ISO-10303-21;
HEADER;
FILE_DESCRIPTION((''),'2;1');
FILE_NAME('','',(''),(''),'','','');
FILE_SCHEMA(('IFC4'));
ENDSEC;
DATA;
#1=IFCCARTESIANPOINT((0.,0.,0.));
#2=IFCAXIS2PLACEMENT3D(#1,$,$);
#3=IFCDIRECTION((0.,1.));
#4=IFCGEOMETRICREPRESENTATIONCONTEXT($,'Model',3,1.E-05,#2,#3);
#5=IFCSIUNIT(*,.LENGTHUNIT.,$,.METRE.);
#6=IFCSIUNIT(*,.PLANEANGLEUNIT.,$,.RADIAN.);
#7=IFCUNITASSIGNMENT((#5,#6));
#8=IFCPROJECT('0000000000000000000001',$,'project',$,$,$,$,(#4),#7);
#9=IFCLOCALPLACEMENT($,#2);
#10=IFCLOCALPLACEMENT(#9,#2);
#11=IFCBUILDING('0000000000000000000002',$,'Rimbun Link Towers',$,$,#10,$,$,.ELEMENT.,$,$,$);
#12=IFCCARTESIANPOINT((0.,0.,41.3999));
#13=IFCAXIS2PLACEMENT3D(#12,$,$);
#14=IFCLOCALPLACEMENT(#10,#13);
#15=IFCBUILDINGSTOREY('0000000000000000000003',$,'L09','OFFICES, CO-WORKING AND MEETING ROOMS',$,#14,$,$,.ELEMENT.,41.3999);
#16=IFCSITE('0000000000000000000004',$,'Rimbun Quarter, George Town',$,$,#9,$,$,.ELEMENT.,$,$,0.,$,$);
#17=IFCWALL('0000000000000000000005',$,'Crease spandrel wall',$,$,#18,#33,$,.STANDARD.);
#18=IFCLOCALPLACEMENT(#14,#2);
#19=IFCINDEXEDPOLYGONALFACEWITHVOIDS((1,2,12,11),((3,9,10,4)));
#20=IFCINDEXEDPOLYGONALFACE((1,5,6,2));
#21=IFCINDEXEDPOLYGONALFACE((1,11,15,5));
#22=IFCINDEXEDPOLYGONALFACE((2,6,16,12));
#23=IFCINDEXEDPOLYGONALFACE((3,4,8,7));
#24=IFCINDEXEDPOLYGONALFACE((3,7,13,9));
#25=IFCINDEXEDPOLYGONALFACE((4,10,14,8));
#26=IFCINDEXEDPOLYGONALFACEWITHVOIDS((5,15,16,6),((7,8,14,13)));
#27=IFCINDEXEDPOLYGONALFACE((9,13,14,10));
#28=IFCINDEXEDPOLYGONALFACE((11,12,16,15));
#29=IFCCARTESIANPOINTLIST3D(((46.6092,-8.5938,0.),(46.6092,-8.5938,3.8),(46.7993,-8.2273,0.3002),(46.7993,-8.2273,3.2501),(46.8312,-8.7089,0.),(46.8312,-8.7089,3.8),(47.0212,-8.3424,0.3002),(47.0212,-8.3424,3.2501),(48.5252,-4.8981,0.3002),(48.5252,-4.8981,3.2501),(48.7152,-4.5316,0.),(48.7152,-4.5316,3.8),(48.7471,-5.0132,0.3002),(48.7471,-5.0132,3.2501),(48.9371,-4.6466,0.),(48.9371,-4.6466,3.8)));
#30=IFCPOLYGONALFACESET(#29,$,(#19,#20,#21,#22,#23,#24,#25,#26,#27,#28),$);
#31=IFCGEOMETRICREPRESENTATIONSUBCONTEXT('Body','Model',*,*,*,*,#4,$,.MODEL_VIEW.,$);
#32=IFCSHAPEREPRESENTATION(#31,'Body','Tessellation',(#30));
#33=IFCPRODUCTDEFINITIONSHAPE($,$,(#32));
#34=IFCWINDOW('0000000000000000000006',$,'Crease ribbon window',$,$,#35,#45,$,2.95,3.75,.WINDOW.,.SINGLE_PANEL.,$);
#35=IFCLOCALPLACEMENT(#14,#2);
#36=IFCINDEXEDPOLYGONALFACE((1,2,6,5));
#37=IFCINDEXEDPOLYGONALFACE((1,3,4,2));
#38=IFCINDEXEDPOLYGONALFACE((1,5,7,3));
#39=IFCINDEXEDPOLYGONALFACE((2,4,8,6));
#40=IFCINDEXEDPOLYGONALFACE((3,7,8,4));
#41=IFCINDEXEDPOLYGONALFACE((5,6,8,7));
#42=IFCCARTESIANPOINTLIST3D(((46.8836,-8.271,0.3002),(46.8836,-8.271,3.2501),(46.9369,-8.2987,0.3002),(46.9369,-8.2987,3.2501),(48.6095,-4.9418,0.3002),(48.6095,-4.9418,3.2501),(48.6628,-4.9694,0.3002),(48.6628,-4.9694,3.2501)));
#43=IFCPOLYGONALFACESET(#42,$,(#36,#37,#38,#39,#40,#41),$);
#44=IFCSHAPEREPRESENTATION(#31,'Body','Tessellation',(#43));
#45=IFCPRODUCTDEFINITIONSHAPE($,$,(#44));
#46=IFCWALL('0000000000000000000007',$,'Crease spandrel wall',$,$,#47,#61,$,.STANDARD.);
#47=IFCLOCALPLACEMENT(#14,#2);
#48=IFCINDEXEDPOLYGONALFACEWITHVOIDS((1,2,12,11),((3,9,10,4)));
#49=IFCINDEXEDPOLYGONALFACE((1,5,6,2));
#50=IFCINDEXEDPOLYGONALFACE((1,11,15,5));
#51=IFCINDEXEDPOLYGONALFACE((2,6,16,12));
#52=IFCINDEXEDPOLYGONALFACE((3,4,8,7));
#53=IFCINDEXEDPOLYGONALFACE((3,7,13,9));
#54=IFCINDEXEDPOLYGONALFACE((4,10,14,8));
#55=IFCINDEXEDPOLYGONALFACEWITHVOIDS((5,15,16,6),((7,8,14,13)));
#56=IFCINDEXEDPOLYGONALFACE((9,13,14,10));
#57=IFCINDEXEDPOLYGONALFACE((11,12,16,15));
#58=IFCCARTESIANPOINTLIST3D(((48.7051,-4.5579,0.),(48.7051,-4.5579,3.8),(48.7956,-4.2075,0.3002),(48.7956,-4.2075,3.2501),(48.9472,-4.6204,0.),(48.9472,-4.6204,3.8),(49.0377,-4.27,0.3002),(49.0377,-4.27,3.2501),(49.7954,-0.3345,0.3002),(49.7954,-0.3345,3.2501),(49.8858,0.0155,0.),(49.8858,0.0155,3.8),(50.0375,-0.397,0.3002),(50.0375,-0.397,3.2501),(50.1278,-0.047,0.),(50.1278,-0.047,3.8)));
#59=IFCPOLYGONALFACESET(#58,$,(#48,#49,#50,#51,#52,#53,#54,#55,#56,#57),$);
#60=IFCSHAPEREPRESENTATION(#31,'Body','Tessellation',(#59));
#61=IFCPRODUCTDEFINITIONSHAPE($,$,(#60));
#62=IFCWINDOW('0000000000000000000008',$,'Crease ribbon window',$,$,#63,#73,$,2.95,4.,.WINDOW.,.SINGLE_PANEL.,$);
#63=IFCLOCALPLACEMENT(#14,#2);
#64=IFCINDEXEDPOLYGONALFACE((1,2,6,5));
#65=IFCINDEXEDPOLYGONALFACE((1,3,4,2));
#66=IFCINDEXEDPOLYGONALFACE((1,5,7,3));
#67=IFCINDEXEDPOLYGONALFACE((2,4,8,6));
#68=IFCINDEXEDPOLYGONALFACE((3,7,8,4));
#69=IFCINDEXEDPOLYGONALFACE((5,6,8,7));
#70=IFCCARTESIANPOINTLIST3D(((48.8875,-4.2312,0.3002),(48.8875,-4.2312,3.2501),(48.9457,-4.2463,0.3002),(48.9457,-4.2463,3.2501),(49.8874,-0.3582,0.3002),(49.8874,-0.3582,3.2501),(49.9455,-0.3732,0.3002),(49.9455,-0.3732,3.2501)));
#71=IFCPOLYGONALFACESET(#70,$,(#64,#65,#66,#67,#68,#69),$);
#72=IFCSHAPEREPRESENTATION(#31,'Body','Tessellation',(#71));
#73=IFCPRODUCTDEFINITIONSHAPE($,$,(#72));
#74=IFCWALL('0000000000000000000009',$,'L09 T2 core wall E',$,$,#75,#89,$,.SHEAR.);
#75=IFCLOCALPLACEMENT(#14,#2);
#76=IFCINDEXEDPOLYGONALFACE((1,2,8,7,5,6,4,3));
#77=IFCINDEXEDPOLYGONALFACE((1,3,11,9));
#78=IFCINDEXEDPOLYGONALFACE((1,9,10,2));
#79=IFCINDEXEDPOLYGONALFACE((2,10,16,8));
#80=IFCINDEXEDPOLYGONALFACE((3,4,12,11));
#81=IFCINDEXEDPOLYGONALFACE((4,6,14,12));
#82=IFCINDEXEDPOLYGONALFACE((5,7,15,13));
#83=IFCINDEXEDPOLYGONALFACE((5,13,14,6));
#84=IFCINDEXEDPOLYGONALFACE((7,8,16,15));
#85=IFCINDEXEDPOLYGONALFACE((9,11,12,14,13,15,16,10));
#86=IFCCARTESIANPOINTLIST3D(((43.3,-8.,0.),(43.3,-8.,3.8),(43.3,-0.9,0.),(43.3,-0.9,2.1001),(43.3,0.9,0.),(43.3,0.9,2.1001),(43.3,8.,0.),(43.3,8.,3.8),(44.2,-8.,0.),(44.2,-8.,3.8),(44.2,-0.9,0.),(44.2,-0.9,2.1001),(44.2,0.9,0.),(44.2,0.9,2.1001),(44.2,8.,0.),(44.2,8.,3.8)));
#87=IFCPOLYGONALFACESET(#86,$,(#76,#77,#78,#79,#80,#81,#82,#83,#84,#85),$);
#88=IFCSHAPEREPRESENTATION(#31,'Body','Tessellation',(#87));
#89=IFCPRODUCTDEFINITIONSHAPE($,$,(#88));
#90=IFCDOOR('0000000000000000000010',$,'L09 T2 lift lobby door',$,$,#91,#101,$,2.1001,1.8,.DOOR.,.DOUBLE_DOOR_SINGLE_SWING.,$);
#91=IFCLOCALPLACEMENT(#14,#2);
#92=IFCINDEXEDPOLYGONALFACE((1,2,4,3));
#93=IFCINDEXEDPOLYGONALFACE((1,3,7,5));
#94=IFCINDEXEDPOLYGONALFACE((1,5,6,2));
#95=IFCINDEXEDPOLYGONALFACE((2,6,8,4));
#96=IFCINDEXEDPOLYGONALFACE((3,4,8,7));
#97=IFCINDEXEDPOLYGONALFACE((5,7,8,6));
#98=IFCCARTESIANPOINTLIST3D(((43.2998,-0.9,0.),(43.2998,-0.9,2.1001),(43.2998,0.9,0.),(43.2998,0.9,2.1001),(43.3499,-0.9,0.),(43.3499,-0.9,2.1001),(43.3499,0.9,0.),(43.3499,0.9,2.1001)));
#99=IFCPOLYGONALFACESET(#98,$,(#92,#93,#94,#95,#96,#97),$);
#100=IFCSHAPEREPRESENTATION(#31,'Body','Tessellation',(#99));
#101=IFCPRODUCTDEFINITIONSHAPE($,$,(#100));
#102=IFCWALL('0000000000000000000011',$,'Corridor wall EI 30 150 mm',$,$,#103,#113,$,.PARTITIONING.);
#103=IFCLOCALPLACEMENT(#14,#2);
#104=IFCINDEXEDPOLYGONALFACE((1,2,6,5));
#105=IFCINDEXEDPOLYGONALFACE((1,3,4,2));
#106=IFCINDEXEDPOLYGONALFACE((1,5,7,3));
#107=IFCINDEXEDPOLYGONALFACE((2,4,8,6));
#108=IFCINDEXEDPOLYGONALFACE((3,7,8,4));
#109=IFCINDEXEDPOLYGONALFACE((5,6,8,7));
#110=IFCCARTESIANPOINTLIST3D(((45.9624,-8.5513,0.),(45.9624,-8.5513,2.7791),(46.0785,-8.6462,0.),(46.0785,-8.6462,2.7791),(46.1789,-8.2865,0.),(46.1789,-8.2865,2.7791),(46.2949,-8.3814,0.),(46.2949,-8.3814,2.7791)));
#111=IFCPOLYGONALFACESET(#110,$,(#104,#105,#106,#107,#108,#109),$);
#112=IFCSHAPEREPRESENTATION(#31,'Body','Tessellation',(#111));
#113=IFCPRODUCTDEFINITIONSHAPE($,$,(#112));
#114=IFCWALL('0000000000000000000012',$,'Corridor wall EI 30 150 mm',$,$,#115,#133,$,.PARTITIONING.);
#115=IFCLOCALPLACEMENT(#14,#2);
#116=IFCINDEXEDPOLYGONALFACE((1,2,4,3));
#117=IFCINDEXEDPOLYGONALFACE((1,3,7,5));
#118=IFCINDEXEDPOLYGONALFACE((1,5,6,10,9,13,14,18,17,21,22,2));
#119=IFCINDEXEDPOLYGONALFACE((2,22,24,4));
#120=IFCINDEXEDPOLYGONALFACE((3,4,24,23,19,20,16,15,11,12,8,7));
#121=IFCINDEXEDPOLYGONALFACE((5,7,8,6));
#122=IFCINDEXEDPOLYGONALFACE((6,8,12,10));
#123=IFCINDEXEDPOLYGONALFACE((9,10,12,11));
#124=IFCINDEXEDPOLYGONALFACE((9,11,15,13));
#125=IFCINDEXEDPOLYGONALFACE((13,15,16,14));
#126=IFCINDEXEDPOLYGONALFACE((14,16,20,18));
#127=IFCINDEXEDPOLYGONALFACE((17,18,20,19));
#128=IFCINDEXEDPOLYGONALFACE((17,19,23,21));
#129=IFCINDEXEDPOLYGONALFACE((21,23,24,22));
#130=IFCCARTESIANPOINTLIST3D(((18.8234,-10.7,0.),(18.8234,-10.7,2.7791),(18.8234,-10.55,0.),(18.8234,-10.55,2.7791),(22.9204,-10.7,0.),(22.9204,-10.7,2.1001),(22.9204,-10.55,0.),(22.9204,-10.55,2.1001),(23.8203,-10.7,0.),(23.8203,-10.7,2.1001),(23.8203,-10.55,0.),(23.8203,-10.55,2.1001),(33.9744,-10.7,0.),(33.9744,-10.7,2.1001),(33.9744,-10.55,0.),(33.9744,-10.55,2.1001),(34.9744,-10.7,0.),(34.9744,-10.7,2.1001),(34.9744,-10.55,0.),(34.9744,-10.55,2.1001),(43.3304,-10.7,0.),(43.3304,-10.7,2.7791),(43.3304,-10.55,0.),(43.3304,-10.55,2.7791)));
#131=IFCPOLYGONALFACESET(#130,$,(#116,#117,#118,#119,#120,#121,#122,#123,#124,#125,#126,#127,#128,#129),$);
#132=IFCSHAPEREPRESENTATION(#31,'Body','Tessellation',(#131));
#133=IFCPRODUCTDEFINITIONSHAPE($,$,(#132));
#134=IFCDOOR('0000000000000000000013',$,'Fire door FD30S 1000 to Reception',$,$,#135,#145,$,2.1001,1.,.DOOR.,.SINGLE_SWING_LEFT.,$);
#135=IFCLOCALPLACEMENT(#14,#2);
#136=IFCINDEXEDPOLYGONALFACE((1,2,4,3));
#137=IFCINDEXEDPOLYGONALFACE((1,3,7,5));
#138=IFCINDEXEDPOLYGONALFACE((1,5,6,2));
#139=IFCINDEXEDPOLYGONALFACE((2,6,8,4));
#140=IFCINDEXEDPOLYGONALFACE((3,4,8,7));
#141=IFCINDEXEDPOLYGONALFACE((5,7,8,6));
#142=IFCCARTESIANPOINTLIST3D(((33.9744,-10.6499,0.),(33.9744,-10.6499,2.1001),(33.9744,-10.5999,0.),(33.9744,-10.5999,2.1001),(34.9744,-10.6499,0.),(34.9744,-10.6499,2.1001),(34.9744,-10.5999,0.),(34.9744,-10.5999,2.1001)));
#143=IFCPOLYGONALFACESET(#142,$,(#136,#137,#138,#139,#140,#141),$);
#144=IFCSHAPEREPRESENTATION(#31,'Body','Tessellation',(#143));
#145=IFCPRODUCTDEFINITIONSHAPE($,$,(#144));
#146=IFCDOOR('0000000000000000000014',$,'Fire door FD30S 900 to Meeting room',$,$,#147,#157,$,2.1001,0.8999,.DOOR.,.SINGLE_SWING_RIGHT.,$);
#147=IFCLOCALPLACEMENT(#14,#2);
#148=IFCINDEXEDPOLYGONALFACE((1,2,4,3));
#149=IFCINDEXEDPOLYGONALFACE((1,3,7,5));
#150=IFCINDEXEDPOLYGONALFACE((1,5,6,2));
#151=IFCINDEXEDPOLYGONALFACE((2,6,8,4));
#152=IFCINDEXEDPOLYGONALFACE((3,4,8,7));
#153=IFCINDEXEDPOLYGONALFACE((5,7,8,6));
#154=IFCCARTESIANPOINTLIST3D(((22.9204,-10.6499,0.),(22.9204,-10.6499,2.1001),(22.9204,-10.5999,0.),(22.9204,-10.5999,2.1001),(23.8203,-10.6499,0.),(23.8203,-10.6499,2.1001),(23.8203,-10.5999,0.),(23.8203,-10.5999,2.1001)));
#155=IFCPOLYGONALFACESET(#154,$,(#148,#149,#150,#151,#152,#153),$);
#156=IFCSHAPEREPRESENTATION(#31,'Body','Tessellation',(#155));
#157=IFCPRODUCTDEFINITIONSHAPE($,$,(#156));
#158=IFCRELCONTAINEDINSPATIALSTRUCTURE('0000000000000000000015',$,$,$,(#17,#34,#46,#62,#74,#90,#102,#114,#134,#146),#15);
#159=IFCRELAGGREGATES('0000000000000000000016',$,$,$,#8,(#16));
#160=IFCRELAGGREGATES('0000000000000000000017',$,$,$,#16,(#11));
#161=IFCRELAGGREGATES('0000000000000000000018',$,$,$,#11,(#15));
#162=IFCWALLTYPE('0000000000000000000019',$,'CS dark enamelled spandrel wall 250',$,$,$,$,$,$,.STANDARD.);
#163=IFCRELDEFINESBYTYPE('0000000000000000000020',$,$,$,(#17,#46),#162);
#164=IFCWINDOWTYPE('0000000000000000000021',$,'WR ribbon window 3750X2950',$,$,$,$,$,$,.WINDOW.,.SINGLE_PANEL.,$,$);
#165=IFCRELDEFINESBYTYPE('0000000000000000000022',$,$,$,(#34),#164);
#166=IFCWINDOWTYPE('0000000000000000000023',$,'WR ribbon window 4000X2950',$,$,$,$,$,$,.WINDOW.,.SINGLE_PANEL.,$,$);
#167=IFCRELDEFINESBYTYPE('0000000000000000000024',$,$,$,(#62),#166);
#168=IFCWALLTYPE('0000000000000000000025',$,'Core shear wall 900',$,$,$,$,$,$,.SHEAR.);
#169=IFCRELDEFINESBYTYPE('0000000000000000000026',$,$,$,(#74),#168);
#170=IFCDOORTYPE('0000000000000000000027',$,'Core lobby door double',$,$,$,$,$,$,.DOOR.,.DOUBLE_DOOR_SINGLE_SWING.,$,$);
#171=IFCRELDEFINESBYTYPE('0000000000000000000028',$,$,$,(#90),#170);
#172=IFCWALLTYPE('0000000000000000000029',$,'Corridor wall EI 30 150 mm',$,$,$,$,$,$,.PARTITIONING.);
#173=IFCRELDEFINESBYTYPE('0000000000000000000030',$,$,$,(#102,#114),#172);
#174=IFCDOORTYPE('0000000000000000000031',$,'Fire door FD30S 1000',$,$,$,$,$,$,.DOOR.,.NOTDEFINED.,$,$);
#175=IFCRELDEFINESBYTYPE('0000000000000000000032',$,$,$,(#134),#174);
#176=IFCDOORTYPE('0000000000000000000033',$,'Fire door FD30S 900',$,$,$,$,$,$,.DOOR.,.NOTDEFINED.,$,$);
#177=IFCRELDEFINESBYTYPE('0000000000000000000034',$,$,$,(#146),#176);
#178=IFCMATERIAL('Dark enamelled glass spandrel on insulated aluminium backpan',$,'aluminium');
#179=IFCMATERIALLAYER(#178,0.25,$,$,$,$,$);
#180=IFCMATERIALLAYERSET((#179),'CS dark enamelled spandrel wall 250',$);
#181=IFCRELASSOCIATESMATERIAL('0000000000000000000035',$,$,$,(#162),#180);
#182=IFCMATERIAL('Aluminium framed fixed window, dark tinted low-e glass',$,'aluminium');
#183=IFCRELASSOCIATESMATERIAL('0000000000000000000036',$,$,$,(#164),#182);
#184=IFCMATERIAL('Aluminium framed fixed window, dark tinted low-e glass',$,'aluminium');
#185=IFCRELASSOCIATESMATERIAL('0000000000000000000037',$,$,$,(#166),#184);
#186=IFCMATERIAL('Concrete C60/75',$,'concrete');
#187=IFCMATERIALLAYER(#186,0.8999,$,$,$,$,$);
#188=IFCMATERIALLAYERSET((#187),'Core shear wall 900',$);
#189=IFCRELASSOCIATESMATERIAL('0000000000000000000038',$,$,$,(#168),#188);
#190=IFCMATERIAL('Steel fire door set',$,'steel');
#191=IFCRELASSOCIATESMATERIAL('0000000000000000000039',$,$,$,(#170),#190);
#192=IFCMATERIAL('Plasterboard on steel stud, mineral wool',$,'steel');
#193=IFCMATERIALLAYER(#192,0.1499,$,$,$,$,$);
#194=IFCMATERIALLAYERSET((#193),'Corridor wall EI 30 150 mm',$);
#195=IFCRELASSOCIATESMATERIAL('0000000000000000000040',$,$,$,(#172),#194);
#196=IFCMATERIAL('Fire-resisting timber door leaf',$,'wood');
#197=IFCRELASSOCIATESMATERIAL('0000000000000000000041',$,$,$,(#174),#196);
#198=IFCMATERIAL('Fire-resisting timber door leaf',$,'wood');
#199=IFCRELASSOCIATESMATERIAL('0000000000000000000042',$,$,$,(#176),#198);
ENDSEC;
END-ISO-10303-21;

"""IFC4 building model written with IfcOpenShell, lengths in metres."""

from ifc_helpers import new_model, si_unit, direction, frame, frame_2d, origin, place, context, subcontext, project, spatial, rectangle, extrude, material, layer, layer_set, type_object, element, fill, save


model = new_model("IFC4")

# Units and contexts
model_context = context("Model", 3, precision=1e-05, world=origin(), true_north=direction((0.0, 1.0)))
body_context = subcontext(model_context, "Body", "Model", "MODEL_VIEW")
ifc_project = project(units=[si_unit("LENGTHUNIT", "METRE"), si_unit("PLANEANGLEUNIT", "RADIAN")], contexts=[model_context])

# Site, building, storey
site_placement = place(None, origin())
site = spatial("IfcSite", under=ifc_project, at=site_placement, Name="Rimbun Quarter, George Town", CompositionType="ELEMENT", RefElevation=0.0)
building_placement = place(site_placement, origin())
building = spatial("IfcBuilding", under=site, at=building_placement, Name="Rimbun Link Towers", CompositionType="ELEMENT")
storey_placement = place(building_placement, frame((0.0, 0.0, 41.3999)))
storey = spatial("IfcBuildingStorey", under=building, at=storey_placement, Name="L09", Description="OFFICES, CO-WORKING AND MEETING ROOMS", CompositionType="ELEMENT", Elevation=41.3999)

# Shared definitions
ifc_material_1 = material(Name="Dark enamelled glass spandrel on insulated aluminium backpan", Category="aluminium")
ifc_layer_1 = layer(ifc_material_1, 0.25)
ifc_layer_set_1 = layer_set([ifc_layer_1], Name="CS dark enamelled spandrel wall 250")
wall_type_1 = type_object("IfcWallType", Name="CS dark enamelled spandrel wall 250", PredefinedType="STANDARD", material=ifc_layer_set_1)

# Walls, openings, windows
wall_1_placement = place(storey_placement, frame((48.8262, -4.5891, 0.0), z_axis=(0.0, 0.0, 1.0), x_axis=(-0.460249, -0.88779, 0.0)))
wall_1 = element("IfcWall", 1, at=wall_1_placement, inside=storey, type_object=wall_type_1, Name="Crease spandrel wall", PredefinedType="STANDARD", context=body_context, shape_type="SweptSolid", body=[
    extrude(rectangle(XDim=4.5757, YDim=0.25, at=frame_2d((2.2878, 0.0))), origin(), (0.0, 0.0, 1.0), 3.8),
])
opening_1_placement = place(wall_1_placement, frame((0.4128, 0.0, 0.3)))
opening_1 = element("IfcOpeningElement", 2, at=opening_1_placement, cuts=wall_1, PredefinedType="OPENING", context=body_context, shape_type="SweptSolid", body=[
    extrude(rectangle(XDim=3.75, YDim=2.95, at=frame_2d((1.875, 1.4751))), frame((0.0, 0.135, 0.0), z_axis=(0.0, -1.0, 0.0), x_axis=(1.0, 0.0, 0.0)), (0.0, 0.0, 1.0), 0.27),
])
ifc_material_2 = material(Name="Aluminium framed fixed window, dark tinted low-e glass", Category="aluminium")
window_type_1 = type_object("IfcWindowType", Name="WR ribbon window 3750X2950", PartitioningType="SINGLE_PANEL", PredefinedType="WINDOW", material=ifc_material_2)
window_1_placement = place(opening_1_placement, origin())
window_1 = element("IfcWindow", 3, at=window_1_placement, inside=storey, type_object=window_type_1, Name="Crease ribbon window", OverallHeight=2.95, OverallWidth=3.75, PartitioningType="SINGLE_PANEL", PredefinedType="WINDOW", context=body_context, shape_type="SweptSolid", body=[
    extrude(rectangle(XDim=3.75, YDim=2.95, at=frame_2d((1.875, 1.4751))), frame((0.0, 0.03, 0.0), z_axis=(0.0, -1.0, 0.0), x_axis=(1.0, 0.0, 0.0)), (0.0, 0.0, 1.0), 0.0601),
])
fill(opening_1, window_1)
wall_2_placement = place(storey_placement, frame((50.0068, -0.0156, 0.0), z_axis=(0.0, 0.0, 1.0), x_axis=(-0.249959, -0.968256, 0.0)))
wall_2 = element("IfcWall", 4, at=wall_2_placement, inside=storey, type_object=wall_type_1, Name="Crease spandrel wall", PredefinedType="STANDARD", context=body_context, shape_type="SweptSolid", body=[
    extrude(rectangle(XDim=4.7234, YDim=0.25, at=frame_2d((2.3618, 0.0))), origin(), (0.0, 0.0, 1.0), 3.8),
])
opening_2_placement = place(wall_2_placement, frame((0.3616, 0.0, 0.3)))
opening_2 = element("IfcOpeningElement", 5, at=opening_2_placement, cuts=wall_2, PredefinedType="OPENING", context=body_context, shape_type="SweptSolid", body=[
    extrude(rectangle(XDim=4.0, YDim=2.95, at=frame_2d((2.0, 1.4751))), frame((0.0, 0.135, 0.0), z_axis=(0.0, -1.0, 0.0), x_axis=(1.0, 0.0, 0.0)), (0.0, 0.0, 1.0), 0.27),
])
ifc_material_3 = material(Name="Aluminium framed fixed window, dark tinted low-e glass", Category="aluminium")
window_type_2 = type_object("IfcWindowType", Name="WR ribbon window 4000X2950", PartitioningType="SINGLE_PANEL", PredefinedType="WINDOW", material=ifc_material_3)
window_2_placement = place(opening_2_placement, origin())
window_2 = element("IfcWindow", 6, at=window_2_placement, inside=storey, type_object=window_type_2, Name="Crease ribbon window", OverallHeight=2.95, OverallWidth=4.0, PartitioningType="SINGLE_PANEL", PredefinedType="WINDOW", context=body_context, shape_type="SweptSolid", body=[
    extrude(rectangle(XDim=4.0, YDim=2.95, at=frame_2d((2.0, 1.4751))), frame((0.0, 0.03, 0.0), z_axis=(0.0, -1.0, 0.0), x_axis=(1.0, 0.0, 0.0)), (0.0, 0.0, 1.0), 0.0601),
])
fill(opening_2, window_2)

# Wall, opening, door
ifc_material_4 = material(Name="Concrete C60/75", Category="concrete")
ifc_layer_2 = layer(ifc_material_4, 0.8999)
ifc_layer_set_2 = layer_set([ifc_layer_2], Name="Core shear wall 900")
wall_type_2 = type_object("IfcWallType", Name="Core shear wall 900", PredefinedType="SHEAR", material=ifc_layer_set_2)
wall_3_placement = place(storey_placement, frame((43.75, -8.0, 0.0), z_axis=(0.0, 0.0, 1.0), x_axis=(0.0, 1.0, 0.0)))
wall_3 = element("IfcWall", 7, at=wall_3_placement, inside=storey, type_object=wall_type_2, Name="L09 T2 core wall E", PredefinedType="SHEAR", context=body_context, shape_type="SweptSolid", body=[
    extrude(rectangle(XDim=16.0, YDim=0.8999, at=frame_2d((8.0, 0.0))), origin(), (0.0, 0.0, 1.0), 3.8),
])
opening_3_placement = place(wall_3_placement, frame((7.1001, 0.0, 0.0)))
opening_3 = element("IfcOpeningElement", 8, at=opening_3_placement, cuts=wall_3, PredefinedType="OPENING", context=body_context, shape_type="SweptSolid", body=[
    extrude(rectangle(XDim=1.8, YDim=2.1001, at=frame_2d((0.8999, 1.05))), frame((0.0, 0.46, 0.0), z_axis=(0.0, -1.0, 0.0), x_axis=(1.0, 0.0, 0.0)), (0.0, 0.0, 1.0), 0.9199),
])
ifc_material_5 = material(Name="Steel fire door set", Category="steel")
door_type_1 = type_object("IfcDoorType", Name="Core lobby door double", OperationType="DOUBLE_DOOR_SINGLE_SWING", PredefinedType="DOOR", material=ifc_material_5)
door_1_placement = place(opening_3_placement, origin())
door_1 = element("IfcDoor", 9, at=door_1_placement, inside=storey, type_object=door_type_1, Name="L09 T2 lift lobby door", OperationType="DOUBLE_DOOR_SINGLE_SWING", OverallHeight=2.1001, OverallWidth=1.8, PredefinedType="DOOR", context=body_context, shape_type="SweptSolid", body=[
    extrude(rectangle(XDim=1.8, YDim=2.1001, at=frame_2d((0.8999, 1.05))), frame((0.0, 0.4502, 0.0), z_axis=(0.0, -1.0, 0.0), x_axis=(1.0, 0.0, 0.0)), (0.0, 0.0, 1.0), 0.05),
])
fill(opening_3, door_1)

# Wall
ifc_material_6 = material(Name="Plasterboard on steel stud, mineral wool", Category="steel")
ifc_layer_3 = layer(ifc_material_6, 0.1499)
ifc_layer_set_3 = layer_set([ifc_layer_3], Name="Corridor wall EI 30 150 mm")
wall_type_3 = type_object("IfcWallType", Name="Corridor wall EI 30 150 mm", PredefinedType="PARTITIONING", material=ifc_layer_set_3)
wall_4_placement = place(storey_placement, frame((46.0205, -8.5986, 0.0), z_axis=(0.0, 0.0, 1.0), x_axis=(0.632927, 0.774212, 0.0)))
element("IfcWall", 10, at=wall_4_placement, inside=storey, type_object=wall_type_3, Name="Corridor wall EI 30 150 mm", PredefinedType="PARTITIONING", context=body_context, shape_type="SweptSolid", body=[
    extrude(rectangle(XDim=0.342, YDim=0.1499, at=frame_2d((0.1709, 0.0))), origin(), (0.0, 0.0, 1.0), 2.7791),
])

# Wall, openings, doors
wall_5_placement = place(storey_placement, frame((43.3303, -10.625, 0.0), z_axis=(0.0, 0.0, 1.0), x_axis=(-1.0, 0.0, 0.0)))
wall_5 = element("IfcWall", 11, at=wall_5_placement, inside=storey, type_object=wall_type_3, Name="Corridor wall EI 30 150 mm", PredefinedType="PARTITIONING", context=body_context, shape_type="SweptSolid", body=[
    extrude(rectangle(XDim=24.5071, YDim=0.1499, at=frame_2d((12.2534, 0.0))), origin(), (0.0, 0.0, 1.0), 2.7791),
])
opening_4_placement = place(wall_5_placement, frame((19.51, 0.0, 0.0)))
opening_4 = element("IfcOpeningElement", 12, at=opening_4_placement, cuts=wall_5, PredefinedType="OPENING", context=body_context, shape_type="SweptSolid", body=[
    extrude(rectangle(XDim=0.8999, YDim=2.1001, at=frame_2d((0.45, 1.05))), frame((0.0, 0.085, 0.0), z_axis=(0.0, -1.0, 0.0), x_axis=(1.0, 0.0, 0.0)), (0.0, 0.0, 1.0), 0.1699),
])
opening_5_placement = place(wall_5_placement, frame((8.356, 0.0, 0.0)))
opening_5 = element("IfcOpeningElement", 13, at=opening_5_placement, cuts=wall_5, PredefinedType="OPENING", context=body_context, shape_type="SweptSolid", body=[
    extrude(rectangle(XDim=1.0, YDim=2.1001, at=frame_2d((0.5, 1.05))), frame((0.0, 0.085, 0.0), z_axis=(0.0, -1.0, 0.0), x_axis=(1.0, 0.0, 0.0)), (0.0, 0.0, 1.0), 0.1699),
])
ifc_material_7 = material(Name="Fire-resisting timber door leaf", Category="wood")
door_type_2 = type_object("IfcDoorType", Name="Fire door FD30S 1000", OperationType="NOTDEFINED", PredefinedType="DOOR", material=ifc_material_7)
door_2_placement = place(opening_5_placement, origin())
door_2 = element("IfcDoor", 14, at=door_2_placement, inside=storey, type_object=door_type_2, Name="Fire door FD30S 1000 to Reception", OperationType="SINGLE_SWING_LEFT", OverallHeight=2.1001, OverallWidth=1.0, PredefinedType="DOOR", context=body_context, shape_type="SweptSolid", body=[
    extrude(rectangle(XDim=1.0, YDim=2.1001, at=frame_2d((0.5, 1.05))), frame((0.0, 0.0249, 0.0), z_axis=(0.0, -1.0, 0.0), x_axis=(1.0, 0.0, 0.0)), (0.0, 0.0, 1.0), 0.05),
])
fill(opening_5, door_2)
ifc_material_8 = material(Name="Fire-resisting timber door leaf", Category="wood")
door_type_3 = type_object("IfcDoorType", Name="Fire door FD30S 900", OperationType="NOTDEFINED", PredefinedType="DOOR", material=ifc_material_8)
door_3_placement = place(opening_4_placement, origin())
door_3 = element("IfcDoor", 15, at=door_3_placement, inside=storey, type_object=door_type_3, Name="Fire door FD30S 900 to Meeting room", OperationType="SINGLE_SWING_RIGHT", OverallHeight=2.1001, OverallWidth=0.8999, PredefinedType="DOOR", context=body_context, shape_type="SweptSolid", body=[
    extrude(rectangle(XDim=0.8999, YDim=2.1001, at=frame_2d((0.45, 1.05))), frame((0.0, 0.0249, 0.0), z_axis=(0.0, -1.0, 0.0), x_axis=(1.0, 0.0, 0.0)), (0.0, 0.0, 1.0), 0.05),
])
fill(opening_4, door_3)

save(model, "model.ifc")
